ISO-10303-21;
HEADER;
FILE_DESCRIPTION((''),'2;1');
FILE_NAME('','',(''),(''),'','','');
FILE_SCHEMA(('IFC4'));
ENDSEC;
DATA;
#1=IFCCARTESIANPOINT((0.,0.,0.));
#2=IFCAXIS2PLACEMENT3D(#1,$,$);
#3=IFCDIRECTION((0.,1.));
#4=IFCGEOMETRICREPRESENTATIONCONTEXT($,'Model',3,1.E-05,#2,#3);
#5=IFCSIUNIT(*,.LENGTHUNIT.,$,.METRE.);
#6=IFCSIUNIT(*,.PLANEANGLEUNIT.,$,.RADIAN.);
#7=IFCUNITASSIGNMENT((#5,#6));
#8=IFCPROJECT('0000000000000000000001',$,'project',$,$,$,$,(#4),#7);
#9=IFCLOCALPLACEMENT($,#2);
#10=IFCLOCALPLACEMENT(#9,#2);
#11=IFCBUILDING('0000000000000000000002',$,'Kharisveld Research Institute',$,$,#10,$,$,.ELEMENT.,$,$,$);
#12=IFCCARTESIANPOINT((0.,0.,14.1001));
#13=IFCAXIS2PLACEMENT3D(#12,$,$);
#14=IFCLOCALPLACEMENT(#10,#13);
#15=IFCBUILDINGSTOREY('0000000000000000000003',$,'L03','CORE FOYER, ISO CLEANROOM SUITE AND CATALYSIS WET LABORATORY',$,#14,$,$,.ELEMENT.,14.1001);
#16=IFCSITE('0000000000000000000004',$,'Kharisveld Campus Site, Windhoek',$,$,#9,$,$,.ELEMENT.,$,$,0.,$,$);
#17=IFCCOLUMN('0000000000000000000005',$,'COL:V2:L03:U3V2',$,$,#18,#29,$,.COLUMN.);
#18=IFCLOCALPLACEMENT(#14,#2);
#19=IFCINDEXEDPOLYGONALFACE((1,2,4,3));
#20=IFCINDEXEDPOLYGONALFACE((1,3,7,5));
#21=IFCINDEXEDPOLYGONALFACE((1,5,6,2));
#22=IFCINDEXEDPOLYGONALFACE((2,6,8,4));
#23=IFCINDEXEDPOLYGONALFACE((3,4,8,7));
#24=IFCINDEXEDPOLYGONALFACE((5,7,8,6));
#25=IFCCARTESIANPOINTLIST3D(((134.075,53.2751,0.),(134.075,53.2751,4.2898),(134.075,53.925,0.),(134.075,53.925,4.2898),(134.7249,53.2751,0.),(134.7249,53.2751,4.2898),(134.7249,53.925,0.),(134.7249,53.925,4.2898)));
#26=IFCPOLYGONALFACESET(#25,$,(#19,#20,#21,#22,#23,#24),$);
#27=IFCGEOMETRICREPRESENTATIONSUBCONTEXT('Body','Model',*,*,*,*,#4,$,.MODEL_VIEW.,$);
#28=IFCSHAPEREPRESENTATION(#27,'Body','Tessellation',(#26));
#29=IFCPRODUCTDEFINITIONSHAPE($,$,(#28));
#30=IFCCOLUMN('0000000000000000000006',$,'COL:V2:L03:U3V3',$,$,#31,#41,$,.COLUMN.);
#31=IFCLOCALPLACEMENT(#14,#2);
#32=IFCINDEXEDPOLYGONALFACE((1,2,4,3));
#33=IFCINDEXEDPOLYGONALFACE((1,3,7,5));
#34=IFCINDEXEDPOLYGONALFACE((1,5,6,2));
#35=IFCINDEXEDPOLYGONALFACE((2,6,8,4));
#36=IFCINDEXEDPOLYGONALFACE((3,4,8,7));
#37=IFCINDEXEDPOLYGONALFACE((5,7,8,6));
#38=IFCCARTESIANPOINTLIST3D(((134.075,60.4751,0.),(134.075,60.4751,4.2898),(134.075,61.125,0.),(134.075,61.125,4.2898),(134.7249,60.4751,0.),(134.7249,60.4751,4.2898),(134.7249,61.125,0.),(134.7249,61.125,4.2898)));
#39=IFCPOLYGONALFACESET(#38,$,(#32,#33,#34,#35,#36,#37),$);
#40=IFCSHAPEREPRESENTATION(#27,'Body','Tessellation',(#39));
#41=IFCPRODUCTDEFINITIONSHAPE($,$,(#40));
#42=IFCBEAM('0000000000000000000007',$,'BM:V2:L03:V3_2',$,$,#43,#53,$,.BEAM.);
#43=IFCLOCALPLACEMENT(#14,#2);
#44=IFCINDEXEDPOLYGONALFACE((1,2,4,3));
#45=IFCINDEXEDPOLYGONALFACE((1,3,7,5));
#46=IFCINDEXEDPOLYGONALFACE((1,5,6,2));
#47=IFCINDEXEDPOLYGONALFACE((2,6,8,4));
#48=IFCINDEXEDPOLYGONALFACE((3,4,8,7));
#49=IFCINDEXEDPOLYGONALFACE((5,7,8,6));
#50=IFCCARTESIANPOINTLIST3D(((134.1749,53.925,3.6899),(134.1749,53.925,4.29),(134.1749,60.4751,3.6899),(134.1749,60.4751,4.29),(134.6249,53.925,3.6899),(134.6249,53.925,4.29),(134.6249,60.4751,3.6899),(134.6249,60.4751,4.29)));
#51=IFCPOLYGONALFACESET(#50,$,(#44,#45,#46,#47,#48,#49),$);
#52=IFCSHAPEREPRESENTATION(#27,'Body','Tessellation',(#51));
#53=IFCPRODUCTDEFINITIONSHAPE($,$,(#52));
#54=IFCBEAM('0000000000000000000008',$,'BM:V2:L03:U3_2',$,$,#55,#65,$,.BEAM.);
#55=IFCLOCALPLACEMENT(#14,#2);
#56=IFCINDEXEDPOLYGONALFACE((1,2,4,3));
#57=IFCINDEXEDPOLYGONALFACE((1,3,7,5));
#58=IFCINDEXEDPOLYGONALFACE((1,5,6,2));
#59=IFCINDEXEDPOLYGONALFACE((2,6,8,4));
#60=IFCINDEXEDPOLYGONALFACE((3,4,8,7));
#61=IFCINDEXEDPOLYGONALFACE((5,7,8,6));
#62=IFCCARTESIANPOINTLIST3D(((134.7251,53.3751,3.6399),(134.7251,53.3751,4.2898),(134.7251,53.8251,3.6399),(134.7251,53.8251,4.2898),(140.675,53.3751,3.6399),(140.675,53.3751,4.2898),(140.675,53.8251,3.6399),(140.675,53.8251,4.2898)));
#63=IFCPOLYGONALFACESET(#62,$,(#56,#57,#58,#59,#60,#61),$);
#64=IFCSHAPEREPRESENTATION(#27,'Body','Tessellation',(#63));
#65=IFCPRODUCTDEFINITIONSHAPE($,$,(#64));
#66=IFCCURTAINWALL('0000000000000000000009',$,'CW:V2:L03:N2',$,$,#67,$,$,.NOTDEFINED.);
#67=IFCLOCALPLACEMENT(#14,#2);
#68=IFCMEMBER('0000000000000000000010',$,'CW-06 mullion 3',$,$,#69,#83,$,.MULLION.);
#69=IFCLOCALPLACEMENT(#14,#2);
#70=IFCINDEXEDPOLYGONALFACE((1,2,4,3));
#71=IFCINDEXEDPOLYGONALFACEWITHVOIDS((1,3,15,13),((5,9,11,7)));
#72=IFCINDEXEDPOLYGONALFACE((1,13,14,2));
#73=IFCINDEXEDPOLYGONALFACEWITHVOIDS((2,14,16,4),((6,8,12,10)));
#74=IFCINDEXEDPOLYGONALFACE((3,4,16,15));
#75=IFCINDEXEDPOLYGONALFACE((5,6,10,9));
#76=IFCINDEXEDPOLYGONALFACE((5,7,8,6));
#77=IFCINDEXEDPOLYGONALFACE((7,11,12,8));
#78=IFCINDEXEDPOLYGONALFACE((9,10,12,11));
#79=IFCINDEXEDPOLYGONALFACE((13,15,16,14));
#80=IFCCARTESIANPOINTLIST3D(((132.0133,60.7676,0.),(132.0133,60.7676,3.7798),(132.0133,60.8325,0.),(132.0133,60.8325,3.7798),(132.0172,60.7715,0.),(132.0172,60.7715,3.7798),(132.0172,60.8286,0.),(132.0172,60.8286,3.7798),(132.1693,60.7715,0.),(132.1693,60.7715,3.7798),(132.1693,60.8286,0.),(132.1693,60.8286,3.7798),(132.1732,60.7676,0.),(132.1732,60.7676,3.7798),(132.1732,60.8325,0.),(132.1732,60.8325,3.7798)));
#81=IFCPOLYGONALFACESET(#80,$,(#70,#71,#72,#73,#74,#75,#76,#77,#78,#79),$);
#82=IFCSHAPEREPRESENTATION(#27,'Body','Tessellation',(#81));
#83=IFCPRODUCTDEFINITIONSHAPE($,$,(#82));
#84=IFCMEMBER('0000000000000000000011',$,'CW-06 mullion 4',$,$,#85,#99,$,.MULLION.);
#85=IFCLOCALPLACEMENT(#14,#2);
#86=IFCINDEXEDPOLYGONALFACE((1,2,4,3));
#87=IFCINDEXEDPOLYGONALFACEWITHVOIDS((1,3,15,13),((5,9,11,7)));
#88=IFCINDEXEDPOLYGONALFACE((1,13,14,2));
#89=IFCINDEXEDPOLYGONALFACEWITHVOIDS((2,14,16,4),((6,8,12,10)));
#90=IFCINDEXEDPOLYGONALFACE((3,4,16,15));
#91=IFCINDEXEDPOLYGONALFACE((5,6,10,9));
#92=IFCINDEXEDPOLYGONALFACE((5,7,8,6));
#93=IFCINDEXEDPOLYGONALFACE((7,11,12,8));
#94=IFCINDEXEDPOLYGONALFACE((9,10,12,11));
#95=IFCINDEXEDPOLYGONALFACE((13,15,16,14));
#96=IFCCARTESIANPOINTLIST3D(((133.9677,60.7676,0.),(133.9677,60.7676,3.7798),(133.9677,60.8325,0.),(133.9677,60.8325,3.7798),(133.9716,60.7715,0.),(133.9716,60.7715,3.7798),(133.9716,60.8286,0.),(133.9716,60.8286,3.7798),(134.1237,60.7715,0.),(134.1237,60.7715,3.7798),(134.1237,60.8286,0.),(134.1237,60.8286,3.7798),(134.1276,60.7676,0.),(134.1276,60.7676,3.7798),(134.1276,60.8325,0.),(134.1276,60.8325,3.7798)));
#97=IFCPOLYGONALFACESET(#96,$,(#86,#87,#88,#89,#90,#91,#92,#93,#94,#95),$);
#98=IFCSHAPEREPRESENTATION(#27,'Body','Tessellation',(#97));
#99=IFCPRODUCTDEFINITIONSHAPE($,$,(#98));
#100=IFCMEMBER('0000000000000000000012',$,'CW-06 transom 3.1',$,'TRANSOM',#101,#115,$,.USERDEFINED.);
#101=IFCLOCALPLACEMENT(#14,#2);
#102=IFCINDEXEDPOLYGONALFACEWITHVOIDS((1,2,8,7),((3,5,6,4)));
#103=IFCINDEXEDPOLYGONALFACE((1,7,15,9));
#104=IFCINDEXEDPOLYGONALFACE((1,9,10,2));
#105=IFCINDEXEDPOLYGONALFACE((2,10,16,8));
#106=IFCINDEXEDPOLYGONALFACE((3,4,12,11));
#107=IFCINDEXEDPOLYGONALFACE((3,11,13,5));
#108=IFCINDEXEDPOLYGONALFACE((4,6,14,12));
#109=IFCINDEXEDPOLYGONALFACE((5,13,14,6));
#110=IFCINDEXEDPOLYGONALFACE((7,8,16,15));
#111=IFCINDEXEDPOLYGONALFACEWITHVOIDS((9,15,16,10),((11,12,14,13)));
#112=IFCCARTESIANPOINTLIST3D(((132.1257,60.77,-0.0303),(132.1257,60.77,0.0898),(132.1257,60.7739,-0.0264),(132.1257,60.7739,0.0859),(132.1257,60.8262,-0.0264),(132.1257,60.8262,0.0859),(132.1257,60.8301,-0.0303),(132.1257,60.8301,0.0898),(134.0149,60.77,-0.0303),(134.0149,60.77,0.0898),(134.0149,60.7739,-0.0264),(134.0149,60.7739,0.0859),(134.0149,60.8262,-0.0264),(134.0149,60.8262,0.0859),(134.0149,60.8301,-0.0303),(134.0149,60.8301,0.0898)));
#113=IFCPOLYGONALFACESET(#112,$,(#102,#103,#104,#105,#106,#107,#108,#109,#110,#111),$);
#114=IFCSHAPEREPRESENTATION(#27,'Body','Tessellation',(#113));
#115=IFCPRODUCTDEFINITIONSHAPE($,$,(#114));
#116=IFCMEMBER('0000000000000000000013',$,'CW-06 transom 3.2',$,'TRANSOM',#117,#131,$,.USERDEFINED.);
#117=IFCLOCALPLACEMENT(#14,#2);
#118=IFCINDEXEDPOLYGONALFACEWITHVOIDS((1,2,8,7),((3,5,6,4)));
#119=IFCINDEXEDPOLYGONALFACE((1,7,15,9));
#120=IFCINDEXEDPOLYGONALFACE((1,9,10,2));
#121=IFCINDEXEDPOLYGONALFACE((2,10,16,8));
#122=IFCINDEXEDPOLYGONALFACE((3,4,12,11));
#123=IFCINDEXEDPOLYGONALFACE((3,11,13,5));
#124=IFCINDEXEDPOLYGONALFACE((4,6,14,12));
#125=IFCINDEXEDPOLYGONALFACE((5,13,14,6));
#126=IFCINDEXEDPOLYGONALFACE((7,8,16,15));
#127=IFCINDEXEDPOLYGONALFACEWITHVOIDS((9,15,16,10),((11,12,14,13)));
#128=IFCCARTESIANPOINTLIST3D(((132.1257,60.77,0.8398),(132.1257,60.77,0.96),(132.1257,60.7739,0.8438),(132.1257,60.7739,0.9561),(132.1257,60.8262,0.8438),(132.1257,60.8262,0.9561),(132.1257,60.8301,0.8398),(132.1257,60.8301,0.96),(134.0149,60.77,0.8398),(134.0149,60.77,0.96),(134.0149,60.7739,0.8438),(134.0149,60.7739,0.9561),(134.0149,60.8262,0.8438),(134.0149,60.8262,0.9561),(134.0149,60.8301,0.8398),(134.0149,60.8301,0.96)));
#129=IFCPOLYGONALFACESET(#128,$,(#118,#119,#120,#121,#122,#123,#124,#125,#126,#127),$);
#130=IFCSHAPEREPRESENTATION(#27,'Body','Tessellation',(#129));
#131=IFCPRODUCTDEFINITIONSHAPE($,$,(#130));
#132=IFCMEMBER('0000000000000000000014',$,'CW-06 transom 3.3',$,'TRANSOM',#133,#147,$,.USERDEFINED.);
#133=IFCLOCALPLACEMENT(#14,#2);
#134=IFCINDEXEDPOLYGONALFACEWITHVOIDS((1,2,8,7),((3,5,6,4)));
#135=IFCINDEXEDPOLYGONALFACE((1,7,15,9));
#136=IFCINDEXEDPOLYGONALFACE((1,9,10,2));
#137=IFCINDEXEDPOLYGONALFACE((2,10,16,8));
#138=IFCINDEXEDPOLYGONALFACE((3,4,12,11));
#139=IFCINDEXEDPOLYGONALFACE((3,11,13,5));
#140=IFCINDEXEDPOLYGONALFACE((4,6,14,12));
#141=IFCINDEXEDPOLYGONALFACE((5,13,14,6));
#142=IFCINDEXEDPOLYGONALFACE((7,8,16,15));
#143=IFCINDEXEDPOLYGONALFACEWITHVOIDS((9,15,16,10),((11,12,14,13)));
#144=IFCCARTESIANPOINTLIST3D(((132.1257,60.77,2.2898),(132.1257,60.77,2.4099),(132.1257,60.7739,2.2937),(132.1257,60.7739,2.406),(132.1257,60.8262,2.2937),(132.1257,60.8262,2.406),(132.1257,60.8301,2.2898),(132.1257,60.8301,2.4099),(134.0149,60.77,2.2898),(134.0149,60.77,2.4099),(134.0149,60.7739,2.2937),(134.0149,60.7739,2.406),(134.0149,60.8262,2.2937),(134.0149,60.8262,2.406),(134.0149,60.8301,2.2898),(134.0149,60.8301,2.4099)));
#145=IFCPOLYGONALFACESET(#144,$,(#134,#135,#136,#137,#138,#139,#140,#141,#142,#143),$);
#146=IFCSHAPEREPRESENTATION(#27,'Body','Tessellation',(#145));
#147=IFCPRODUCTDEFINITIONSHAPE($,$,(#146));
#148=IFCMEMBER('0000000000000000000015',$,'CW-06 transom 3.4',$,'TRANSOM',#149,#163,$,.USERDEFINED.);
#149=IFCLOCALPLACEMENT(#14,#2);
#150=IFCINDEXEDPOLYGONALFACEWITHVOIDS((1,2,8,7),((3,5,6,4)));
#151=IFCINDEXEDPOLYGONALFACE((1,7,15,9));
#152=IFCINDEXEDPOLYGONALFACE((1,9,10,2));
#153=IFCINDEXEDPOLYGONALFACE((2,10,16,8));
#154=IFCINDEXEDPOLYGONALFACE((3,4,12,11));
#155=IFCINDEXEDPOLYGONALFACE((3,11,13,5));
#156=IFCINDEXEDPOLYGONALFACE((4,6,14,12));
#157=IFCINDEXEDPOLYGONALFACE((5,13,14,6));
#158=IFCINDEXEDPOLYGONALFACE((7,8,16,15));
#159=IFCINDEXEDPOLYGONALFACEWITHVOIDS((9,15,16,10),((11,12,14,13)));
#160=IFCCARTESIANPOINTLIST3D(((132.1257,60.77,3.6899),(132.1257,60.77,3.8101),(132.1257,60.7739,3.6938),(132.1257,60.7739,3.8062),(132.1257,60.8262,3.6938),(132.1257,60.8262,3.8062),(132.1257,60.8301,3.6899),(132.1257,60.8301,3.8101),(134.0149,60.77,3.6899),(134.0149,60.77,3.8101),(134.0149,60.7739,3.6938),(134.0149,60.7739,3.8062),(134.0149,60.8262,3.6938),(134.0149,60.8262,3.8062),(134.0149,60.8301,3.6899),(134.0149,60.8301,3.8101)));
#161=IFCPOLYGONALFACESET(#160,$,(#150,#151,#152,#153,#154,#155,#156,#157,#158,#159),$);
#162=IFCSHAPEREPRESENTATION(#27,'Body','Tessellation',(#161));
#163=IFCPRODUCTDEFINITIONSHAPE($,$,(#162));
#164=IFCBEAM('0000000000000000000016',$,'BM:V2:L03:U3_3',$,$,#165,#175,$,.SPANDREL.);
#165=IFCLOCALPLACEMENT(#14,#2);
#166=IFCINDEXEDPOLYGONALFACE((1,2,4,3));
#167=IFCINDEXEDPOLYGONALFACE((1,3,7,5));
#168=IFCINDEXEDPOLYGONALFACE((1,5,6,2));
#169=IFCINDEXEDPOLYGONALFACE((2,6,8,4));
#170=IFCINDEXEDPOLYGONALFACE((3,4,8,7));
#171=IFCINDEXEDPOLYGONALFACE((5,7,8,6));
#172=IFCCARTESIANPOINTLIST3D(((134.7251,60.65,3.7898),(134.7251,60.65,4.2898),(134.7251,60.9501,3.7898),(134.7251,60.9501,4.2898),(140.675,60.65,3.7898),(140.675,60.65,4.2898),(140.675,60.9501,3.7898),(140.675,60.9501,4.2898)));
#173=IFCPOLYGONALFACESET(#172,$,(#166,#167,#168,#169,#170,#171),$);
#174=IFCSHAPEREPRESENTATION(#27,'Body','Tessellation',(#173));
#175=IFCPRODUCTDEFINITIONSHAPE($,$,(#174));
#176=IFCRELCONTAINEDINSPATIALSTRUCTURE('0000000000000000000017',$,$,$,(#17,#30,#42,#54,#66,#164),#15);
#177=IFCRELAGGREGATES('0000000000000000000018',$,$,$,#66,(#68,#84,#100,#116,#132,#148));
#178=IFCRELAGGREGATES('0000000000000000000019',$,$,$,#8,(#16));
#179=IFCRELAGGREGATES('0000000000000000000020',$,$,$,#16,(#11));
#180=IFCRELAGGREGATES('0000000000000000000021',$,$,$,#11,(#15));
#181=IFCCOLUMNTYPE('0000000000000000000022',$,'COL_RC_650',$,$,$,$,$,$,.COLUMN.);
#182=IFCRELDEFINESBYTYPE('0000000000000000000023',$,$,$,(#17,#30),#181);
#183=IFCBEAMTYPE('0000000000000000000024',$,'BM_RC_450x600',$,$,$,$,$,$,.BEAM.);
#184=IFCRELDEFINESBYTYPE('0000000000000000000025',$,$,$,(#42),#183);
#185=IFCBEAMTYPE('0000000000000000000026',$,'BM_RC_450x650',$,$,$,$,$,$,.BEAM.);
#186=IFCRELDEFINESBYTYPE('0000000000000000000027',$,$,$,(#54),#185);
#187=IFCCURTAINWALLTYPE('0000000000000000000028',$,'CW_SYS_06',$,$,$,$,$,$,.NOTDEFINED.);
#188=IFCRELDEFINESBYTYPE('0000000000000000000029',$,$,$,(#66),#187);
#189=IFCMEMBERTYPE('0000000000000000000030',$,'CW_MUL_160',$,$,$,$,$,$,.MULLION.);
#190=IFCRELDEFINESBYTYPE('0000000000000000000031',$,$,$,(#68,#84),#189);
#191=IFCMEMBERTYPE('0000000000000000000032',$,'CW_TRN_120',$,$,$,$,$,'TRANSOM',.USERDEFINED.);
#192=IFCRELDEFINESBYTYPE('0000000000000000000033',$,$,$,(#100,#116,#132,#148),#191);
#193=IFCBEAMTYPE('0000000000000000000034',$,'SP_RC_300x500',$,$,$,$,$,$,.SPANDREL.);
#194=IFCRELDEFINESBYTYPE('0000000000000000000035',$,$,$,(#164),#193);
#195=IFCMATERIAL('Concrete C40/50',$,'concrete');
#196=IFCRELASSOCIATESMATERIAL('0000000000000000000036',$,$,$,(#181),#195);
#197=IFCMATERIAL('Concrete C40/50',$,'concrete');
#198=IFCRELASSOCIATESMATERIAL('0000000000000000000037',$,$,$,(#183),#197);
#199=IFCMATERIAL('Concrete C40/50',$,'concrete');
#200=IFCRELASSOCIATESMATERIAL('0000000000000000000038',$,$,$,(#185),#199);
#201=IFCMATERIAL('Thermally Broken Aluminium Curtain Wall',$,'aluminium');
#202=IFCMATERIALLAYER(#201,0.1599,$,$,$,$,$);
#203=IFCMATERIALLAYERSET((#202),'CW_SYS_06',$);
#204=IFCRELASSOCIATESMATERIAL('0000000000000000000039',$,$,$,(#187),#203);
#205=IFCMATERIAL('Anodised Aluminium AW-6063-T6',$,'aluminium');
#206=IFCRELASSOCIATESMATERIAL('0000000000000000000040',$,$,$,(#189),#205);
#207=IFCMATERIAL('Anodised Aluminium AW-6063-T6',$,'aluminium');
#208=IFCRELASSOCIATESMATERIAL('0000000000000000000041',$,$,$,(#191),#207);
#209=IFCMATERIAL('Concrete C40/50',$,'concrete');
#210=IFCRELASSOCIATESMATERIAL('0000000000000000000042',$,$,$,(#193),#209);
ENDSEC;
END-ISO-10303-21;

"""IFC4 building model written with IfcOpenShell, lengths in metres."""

from ifc_helpers import new_model, si_unit, direction, frame, origin, origin_2d, place, context, subcontext, project, spatial, rectangle, hollow_rectangle, extrude, material, layer, layer_set, material_profile, profile_set, type_object, element, aggregate, save


model = new_model("IFC4")

# Units and contexts
model_context = context("Model", 3, precision=1e-05, world=origin(), true_north=direction((0.0, 1.0)))
body_context = subcontext(model_context, "Body", "Model", "MODEL_VIEW")
ifc_project = project(units=[si_unit("LENGTHUNIT", "METRE"), si_unit("PLANEANGLEUNIT", "RADIAN")], contexts=[model_context])

# Site, building, storey
site_placement = place(None, origin())
site = spatial("IfcSite", under=ifc_project, at=site_placement, Name="Kharisveld Campus Site, Windhoek", CompositionType="ELEMENT", RefElevation=0.0)
building_placement = place(site_placement, origin())
building = spatial("IfcBuilding", under=site, at=building_placement, Name="Kharisveld Research Institute", CompositionType="ELEMENT")
storey_placement = place(building_placement, frame((0.0, 0.0, 14.1001)))
storey = spatial("IfcBuildingStorey", under=building, at=storey_placement, Name="L03", Description="CORE FOYER, ISO CLEANROOM SUITE AND CATALYSIS WET LABORATORY", CompositionType="ELEMENT", Elevation=14.1001)

# Columns
ifc_material_1 = material(Name="Concrete C40/50", Category="concrete")
ifc_material_profile_1 = material_profile(ifc_material_1, rectangle(XDim=0.6499, YDim=0.6499, at=origin_2d()))
ifc_profile_set_1 = profile_set([ifc_material_profile_1], Name="Concrete C40/50")
column_type = type_object("IfcColumnType", Name="COL_RC_650", PredefinedType="COLUMN", material=ifc_profile_set_1)
for number, where, z_axis, x_axis, name in (
    (1, (134.3999, 53.6001, 0.0), (0.0, 0.0, 1.0), (1.0, 0.0, 0.0), "COL:V2:L03:U3V2"),
    (2, (134.3999, 60.8, 0.0), (0.0, 0.0, 1.0), (1.0, 0.0, 0.0), "COL:V2:L03:U3V3"),
):
    element("IfcColumn", number, at=place(storey_placement, frame(where, z_axis=z_axis, x_axis=x_axis)), inside=storey, type_object=column_type, Name=name, PredefinedType="COLUMN", context=body_context, shape_type="SweptSolid", body=[
        extrude(rectangle(XDim=0.6499, YDim=0.6499, at=origin_2d()), origin(), (0.0, 0.0, 1.0), 4.2898),
    ])

# Beams
ifc_material_2 = material(Name="Concrete C40/50", Category="concrete")
ifc_material_profile_2 = material_profile(ifc_material_2, rectangle(XDim=0.45, YDim=0.6001, at=origin_2d()))
ifc_profile_set_2 = profile_set([ifc_material_profile_2], Name="Concrete C40/50")
beam_type_1 = type_object("IfcBeamType", Name="BM_RC_450x600", PredefinedType="BEAM", material=ifc_profile_set_2)
beam_1_placement = place(storey_placement, frame((134.3999, 53.925, 3.99), z_axis=(0.0, 1.0, 0.0), x_axis=(-1.0, 0.0, 0.0)))
element("IfcBeam", 3, at=beam_1_placement, inside=storey, type_object=beam_type_1, Name="BM:V2:L03:V3_2", PredefinedType="BEAM", context=body_context, shape_type="SweptSolid", body=[
    extrude(rectangle(XDim=0.45, YDim=0.6001, at=origin_2d()), origin(), (0.0, 0.0, 1.0), 6.55),
])
ifc_material_3 = material(Name="Concrete C40/50", Category="concrete")
ifc_material_profile_3 = material_profile(ifc_material_3, rectangle(XDim=0.45, YDim=0.6499, at=origin_2d()))
ifc_profile_set_3 = profile_set([ifc_material_profile_3], Name="Concrete C40/50")
beam_type_2 = type_object("IfcBeamType", Name="BM_RC_450x650", PredefinedType="BEAM", material=ifc_profile_set_3)
beam_2_placement = place(storey_placement, frame((134.7251, 53.6001, 3.9648), z_axis=(1.0, 0.0, 0.0), x_axis=(0.0, 1.0, 0.0)))
element("IfcBeam", 4, at=beam_2_placement, inside=storey, type_object=beam_type_2, Name="BM:V2:L03:U3_2", PredefinedType="BEAM", context=body_context, shape_type="SweptSolid", body=[
    extrude(rectangle(XDim=0.45, YDim=0.6499, at=origin_2d()), origin(), (0.0, 0.0, 1.0), 5.95),
])

# Curtain wall, members
ifc_material_4 = material(Name="Thermally Broken Aluminium Curtain Wall", Category="aluminium")
ifc_layer_1 = layer(ifc_material_4, 0.1599)
ifc_layer_set_1 = layer_set([ifc_layer_1], Name="CW_SYS_06")
curtain_wall_type = type_object("IfcCurtainWallType", Name="CW_SYS_06", PredefinedType="NOTDEFINED", material=ifc_layer_set_1)
curtain_wall_placement = place(storey_placement, origin())
curtain_wall = element("IfcCurtainWall", 5, at=curtain_wall_placement, inside=storey, type_object=curtain_wall_type, Name="CW:V2:L03:N2", PredefinedType="NOTDEFINED")
ifc_material_5 = material(Name="Anodised Aluminium AW-6063-T6", Category="aluminium")
ifc_material_profile_4 = material_profile(ifc_material_5, hollow_rectangle(XDim=0.0649, YDim=0.1599, WallThickness=0.0039, at=origin_2d()))
ifc_profile_set_4 = profile_set([ifc_material_profile_4], Name="Anodised Aluminium AW-6063-T6")
member_type_1 = type_object("IfcMemberType", Name="CW_MUL_160", PredefinedType="MULLION", material=ifc_profile_set_4)
member_1_placement = place(storey_placement, frame((132.0933, 60.8, 0.0), z_axis=(0.0, 0.0, 1.0), x_axis=(0.0, 1.0, 0.0)))
member_1 = element("IfcMember", 6, at=member_1_placement, type_object=member_type_1, Name="CW-06 mullion 3", PredefinedType="MULLION", context=body_context, shape_type="SweptSolid", body=[
    extrude(hollow_rectangle(XDim=0.0649, YDim=0.1599, WallThickness=0.0039, at=origin_2d()), origin(), (0.0, 0.0, 1.0), 3.7798),
])
member_2_placement = place(storey_placement, frame((134.0476, 60.8, 0.0), z_axis=(0.0, 0.0, 1.0), x_axis=(0.0, 1.0, 0.0)))
member_2 = element("IfcMember", 7, at=member_2_placement, type_object=member_type_1, Name="CW-06 mullion 4", PredefinedType="MULLION", context=body_context, shape_type="SweptSolid", body=[
    extrude(hollow_rectangle(XDim=0.0649, YDim=0.1599, WallThickness=0.0039, at=origin_2d()), origin(), (0.0, 0.0, 1.0), 3.7798),
])
ifc_material_6 = material(Name="Anodised Aluminium AW-6063-T6", Category="aluminium")
ifc_material_profile_5 = material_profile(ifc_material_6, hollow_rectangle(XDim=0.0601, YDim=0.1201, WallThickness=0.0039, at=origin_2d()))
ifc_profile_set_5 = profile_set([ifc_material_profile_5], Name="Anodised Aluminium AW-6063-T6")
member_type_2 = type_object("IfcMemberType", Name="CW_TRN_120", ElementType="TRANSOM", PredefinedType="USERDEFINED", material=ifc_profile_set_5)
member_3_placement = place(storey_placement, frame((132.1257, 60.8, 0.0298), z_axis=(1.0, 0.0, 0.0), x_axis=(0.0, 1.0, 0.0)))
member_3 = element("IfcMember", 8, at=member_3_placement, type_object=member_type_2, Name="CW-06 transom 3.1", ObjectType="TRANSOM", PredefinedType="USERDEFINED", context=body_context, shape_type="SweptSolid", body=[
    extrude(hollow_rectangle(XDim=0.0601, YDim=0.1201, WallThickness=0.0039, at=origin_2d()), origin(), (0.0, 0.0, 1.0), 1.8892),
])
member_4_placement = place(storey_placement, frame((132.1257, 60.8, 0.8999), z_axis=(1.0, 0.0, 0.0), x_axis=(0.0, 1.0, 0.0)))
member_4 = element("IfcMember", 9, at=member_4_placement, type_object=member_type_2, Name="CW-06 transom 3.2", ObjectType="TRANSOM", PredefinedType="USERDEFINED", context=body_context, shape_type="SweptSolid", body=[
    extrude(hollow_rectangle(XDim=0.0601, YDim=0.1201, WallThickness=0.0039, at=origin_2d()), origin(), (0.0, 0.0, 1.0), 1.8892),
])
member_5_placement = place(storey_placement, frame((132.1257, 60.8, 2.3499), z_axis=(1.0, 0.0, 0.0), x_axis=(0.0, 1.0, 0.0)))
member_5 = element("IfcMember", 10, at=member_5_placement, type_object=member_type_2, Name="CW-06 transom 3.3", ObjectType="TRANSOM", PredefinedType="USERDEFINED", context=body_context, shape_type="SweptSolid", body=[
    extrude(hollow_rectangle(XDim=0.0601, YDim=0.1201, WallThickness=0.0039, at=origin_2d()), origin(), (0.0, 0.0, 1.0), 1.8892),
])
member_6_placement = place(storey_placement, frame((132.1257, 60.8, 3.75), z_axis=(1.0, 0.0, 0.0), x_axis=(0.0, 1.0, 0.0)))
member_6 = element("IfcMember", 11, at=member_6_placement, type_object=member_type_2, Name="CW-06 transom 3.4", ObjectType="TRANSOM", PredefinedType="USERDEFINED", context=body_context, shape_type="SweptSolid", body=[
    extrude(hollow_rectangle(XDim=0.0601, YDim=0.1201, WallThickness=0.0039, at=origin_2d()), origin(), (0.0, 0.0, 1.0), 1.8892),
])

# Beam
ifc_material_7 = material(Name="Concrete C40/50", Category="concrete")
ifc_material_profile_6 = material_profile(ifc_material_7, rectangle(XDim=0.3, YDim=0.5, at=origin_2d()))
ifc_profile_set_6 = profile_set([ifc_material_profile_6], Name="Concrete C40/50")
beam_type_3 = type_object("IfcBeamType", Name="SP_RC_300x500", PredefinedType="SPANDREL", material=ifc_profile_set_6)
beam_3_placement = place(storey_placement, frame((134.7251, 60.8, 4.0398), z_axis=(1.0, 0.0, 0.0), x_axis=(0.0, 1.0, 0.0)))
element("IfcBeam", 12, at=beam_3_placement, inside=storey, type_object=beam_type_3, Name="BM:V2:L03:U3_3", PredefinedType="SPANDREL", context=body_context, shape_type="SweptSolid", body=[
    extrude(rectangle(XDim=0.3, YDim=0.5, at=origin_2d()), origin(), (0.0, 0.0, 1.0), 5.95),
])

aggregate(curtain_wall, [member_1, member_2, member_3, member_4, member_5, member_6])

save(model, "model.ifc")
